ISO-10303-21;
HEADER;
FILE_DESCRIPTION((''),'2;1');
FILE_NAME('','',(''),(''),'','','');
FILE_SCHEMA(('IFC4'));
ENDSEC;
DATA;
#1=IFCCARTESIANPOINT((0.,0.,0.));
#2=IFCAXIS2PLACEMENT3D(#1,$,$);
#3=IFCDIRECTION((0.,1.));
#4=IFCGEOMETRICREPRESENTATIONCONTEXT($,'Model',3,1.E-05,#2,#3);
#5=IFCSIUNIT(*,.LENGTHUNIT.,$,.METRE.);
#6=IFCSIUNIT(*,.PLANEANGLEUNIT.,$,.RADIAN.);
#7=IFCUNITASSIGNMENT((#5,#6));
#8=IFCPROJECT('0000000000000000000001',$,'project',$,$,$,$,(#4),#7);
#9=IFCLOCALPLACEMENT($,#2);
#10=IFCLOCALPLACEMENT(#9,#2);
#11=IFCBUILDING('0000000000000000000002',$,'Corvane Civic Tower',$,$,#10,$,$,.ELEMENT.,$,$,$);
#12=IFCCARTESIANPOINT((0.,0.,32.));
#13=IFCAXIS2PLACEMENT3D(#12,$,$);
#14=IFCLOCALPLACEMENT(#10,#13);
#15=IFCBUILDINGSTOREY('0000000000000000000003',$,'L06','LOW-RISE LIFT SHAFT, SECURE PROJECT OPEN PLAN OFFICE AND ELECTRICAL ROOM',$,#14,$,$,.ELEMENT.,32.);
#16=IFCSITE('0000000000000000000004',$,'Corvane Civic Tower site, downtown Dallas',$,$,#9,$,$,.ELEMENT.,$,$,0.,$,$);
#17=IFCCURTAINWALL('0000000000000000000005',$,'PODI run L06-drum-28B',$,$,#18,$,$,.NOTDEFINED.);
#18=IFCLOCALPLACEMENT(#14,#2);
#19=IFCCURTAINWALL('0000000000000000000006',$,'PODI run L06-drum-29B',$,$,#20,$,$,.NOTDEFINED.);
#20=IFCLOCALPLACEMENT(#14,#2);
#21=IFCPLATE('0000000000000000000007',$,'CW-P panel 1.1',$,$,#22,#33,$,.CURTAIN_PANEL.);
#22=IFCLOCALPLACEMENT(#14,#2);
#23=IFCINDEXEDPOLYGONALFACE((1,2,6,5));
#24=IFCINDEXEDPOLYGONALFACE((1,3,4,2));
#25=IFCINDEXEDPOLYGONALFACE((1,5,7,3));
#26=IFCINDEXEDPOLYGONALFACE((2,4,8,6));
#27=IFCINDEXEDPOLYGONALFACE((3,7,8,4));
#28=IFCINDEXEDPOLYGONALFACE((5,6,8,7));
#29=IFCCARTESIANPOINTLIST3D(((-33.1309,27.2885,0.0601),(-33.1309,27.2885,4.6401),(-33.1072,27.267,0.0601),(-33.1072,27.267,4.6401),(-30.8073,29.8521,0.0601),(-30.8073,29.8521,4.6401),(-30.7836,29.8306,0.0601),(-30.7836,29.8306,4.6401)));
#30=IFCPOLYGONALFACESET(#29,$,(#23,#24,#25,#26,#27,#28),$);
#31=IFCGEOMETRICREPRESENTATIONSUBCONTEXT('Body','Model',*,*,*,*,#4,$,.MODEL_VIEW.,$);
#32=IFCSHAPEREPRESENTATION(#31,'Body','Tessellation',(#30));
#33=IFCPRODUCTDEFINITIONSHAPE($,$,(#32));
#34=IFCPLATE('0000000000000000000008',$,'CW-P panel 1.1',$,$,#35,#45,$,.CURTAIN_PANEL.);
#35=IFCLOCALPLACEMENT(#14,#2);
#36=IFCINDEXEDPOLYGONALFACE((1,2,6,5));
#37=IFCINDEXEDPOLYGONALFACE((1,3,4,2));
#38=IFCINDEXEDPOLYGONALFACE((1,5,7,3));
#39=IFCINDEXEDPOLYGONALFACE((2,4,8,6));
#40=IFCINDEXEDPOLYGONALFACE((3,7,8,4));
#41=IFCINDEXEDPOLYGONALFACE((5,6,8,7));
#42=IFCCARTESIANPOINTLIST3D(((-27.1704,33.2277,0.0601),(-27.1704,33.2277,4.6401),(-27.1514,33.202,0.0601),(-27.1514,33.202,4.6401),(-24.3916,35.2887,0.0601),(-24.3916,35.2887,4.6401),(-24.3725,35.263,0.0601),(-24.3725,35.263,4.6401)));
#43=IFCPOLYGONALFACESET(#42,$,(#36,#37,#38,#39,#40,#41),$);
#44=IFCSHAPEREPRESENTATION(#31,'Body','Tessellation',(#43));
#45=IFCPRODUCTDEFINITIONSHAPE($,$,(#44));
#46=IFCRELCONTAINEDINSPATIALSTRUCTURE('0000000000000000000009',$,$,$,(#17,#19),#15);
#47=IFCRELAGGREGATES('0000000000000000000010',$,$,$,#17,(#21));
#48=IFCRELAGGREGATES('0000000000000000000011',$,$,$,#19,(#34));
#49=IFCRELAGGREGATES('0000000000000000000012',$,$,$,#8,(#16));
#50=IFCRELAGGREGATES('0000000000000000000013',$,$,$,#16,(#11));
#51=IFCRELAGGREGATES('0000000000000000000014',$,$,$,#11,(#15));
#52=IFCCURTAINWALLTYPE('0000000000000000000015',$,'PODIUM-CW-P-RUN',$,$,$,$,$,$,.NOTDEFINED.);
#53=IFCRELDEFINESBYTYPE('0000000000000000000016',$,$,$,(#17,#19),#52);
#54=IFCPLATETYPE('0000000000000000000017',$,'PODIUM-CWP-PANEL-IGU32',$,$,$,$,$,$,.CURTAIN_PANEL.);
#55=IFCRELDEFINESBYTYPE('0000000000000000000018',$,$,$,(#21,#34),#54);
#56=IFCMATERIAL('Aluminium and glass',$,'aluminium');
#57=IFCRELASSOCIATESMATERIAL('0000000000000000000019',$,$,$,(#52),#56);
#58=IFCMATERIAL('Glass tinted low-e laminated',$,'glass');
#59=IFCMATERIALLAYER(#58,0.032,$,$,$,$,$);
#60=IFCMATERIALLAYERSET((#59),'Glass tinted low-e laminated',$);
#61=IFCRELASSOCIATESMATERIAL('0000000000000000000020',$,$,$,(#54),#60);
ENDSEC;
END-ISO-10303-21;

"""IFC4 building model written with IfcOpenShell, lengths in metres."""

from ifc_helpers import new_model, si_unit, direction, frame, origin, origin_2d, place, context, subcontext, project, spatial, rectangle, extrude, material, layer, layer_set, type_object, element, aggregate, save


model = new_model("IFC4")

# Units and contexts
model_context = context("Model", 3, precision=1e-05, world=origin(), true_north=direction((0.0, 1.0)))
body_context = subcontext(model_context, "Body", "Model", "MODEL_VIEW")
ifc_project = project(units=[si_unit("LENGTHUNIT", "METRE"), si_unit("PLANEANGLEUNIT", "RADIAN")], contexts=[model_context])

# Site, building, storey
site_placement = place(None, origin())
site = spatial("IfcSite", under=ifc_project, at=site_placement, Name="Corvane Civic Tower site, downtown Dallas", CompositionType="ELEMENT", RefElevation=0.0)
building_placement = place(site_placement, origin())
building = spatial("IfcBuilding", under=site, at=building_placement, Name="Corvane Civic Tower", CompositionType="ELEMENT")
storey_placement = place(building_placement, frame((0.0, 0.0, 32.0)))
storey = spatial("IfcBuildingStorey", under=building, at=storey_placement, Name="L06", Description="LOW-RISE LIFT SHAFT, SECURE PROJECT OPEN PLAN OFFICE AND ELECTRICAL ROOM", CompositionType="ELEMENT", Elevation=32.0)

# Shared definitions
ifc_material_1 = material(Name="Aluminium and glass", Category="aluminium")
curtain_wall_type = type_object("IfcCurtainWallType", Name="PODIUM-CW-P-RUN", PredefinedType="NOTDEFINED", material=ifc_material_1)

# Curtain walls
curtain_wall_1_placement = place(storey_placement, origin())
curtain_wall_1 = element("IfcCurtainWall", 1, at=curtain_wall_1_placement, inside=storey, type_object=curtain_wall_type, Name="PODI run L06-drum-28B", PredefinedType="NOTDEFINED")
curtain_wall_2_placement = place(storey_placement, origin())
curtain_wall_2 = element("IfcCurtainWall", 2, at=curtain_wall_2_placement, inside=storey, type_object=curtain_wall_type, Name="PODI run L06-drum-29B", PredefinedType="NOTDEFINED")

# Plates
ifc_material_2 = material(Name="Glass tinted low-e laminated", Category="glass")
ifc_layer_1 = layer(ifc_material_2, 0.032)
ifc_layer_set_1 = layer_set([ifc_layer_1], Name="Glass tinted low-e laminated")
plate_type = type_object("IfcPlateType", Name="PODIUM-CWP-PANEL-IGU32", PredefinedType="CURTAIN_PANEL", material=ifc_layer_set_1)
plate_1_placement = place(storey_placement, frame((-31.9573, 28.5596, 0.0601), z_axis=(0.0, 0.0, 1.0), x_axis=(0.671576, 0.740935, 0.0)))
plate_1 = element("IfcPlate", 3, at=plate_1_placement, type_object=plate_type, Name="CW-P panel 1.1", PredefinedType="CURTAIN_PANEL", context=body_context, shape_type="SweptSolid", body=[
    extrude(rectangle(XDim=3.46, YDim=0.032, at=origin_2d()), origin(), (0.0, 0.0, 1.0), 4.5801),
])
aggregate(curtain_wall_1, [plate_1])
plate_2_placement = place(storey_placement, frame((-25.7715, 34.2454, 0.0601), z_axis=(0.0, 0.0, 1.0), x_axis=(0.803203, 0.595705, 0.0)))
plate_2 = element("IfcPlate", 4, at=plate_2_placement, type_object=plate_type, Name="CW-P panel 1.1", PredefinedType="CURTAIN_PANEL", context=body_context, shape_type="SweptSolid", body=[
    extrude(rectangle(XDim=3.4597, YDim=0.032, at=origin_2d()), origin(), (0.0, 0.0, 1.0), 4.5801),
])
aggregate(curtain_wall_2, [plate_2])

save(model, "model.ifc")
